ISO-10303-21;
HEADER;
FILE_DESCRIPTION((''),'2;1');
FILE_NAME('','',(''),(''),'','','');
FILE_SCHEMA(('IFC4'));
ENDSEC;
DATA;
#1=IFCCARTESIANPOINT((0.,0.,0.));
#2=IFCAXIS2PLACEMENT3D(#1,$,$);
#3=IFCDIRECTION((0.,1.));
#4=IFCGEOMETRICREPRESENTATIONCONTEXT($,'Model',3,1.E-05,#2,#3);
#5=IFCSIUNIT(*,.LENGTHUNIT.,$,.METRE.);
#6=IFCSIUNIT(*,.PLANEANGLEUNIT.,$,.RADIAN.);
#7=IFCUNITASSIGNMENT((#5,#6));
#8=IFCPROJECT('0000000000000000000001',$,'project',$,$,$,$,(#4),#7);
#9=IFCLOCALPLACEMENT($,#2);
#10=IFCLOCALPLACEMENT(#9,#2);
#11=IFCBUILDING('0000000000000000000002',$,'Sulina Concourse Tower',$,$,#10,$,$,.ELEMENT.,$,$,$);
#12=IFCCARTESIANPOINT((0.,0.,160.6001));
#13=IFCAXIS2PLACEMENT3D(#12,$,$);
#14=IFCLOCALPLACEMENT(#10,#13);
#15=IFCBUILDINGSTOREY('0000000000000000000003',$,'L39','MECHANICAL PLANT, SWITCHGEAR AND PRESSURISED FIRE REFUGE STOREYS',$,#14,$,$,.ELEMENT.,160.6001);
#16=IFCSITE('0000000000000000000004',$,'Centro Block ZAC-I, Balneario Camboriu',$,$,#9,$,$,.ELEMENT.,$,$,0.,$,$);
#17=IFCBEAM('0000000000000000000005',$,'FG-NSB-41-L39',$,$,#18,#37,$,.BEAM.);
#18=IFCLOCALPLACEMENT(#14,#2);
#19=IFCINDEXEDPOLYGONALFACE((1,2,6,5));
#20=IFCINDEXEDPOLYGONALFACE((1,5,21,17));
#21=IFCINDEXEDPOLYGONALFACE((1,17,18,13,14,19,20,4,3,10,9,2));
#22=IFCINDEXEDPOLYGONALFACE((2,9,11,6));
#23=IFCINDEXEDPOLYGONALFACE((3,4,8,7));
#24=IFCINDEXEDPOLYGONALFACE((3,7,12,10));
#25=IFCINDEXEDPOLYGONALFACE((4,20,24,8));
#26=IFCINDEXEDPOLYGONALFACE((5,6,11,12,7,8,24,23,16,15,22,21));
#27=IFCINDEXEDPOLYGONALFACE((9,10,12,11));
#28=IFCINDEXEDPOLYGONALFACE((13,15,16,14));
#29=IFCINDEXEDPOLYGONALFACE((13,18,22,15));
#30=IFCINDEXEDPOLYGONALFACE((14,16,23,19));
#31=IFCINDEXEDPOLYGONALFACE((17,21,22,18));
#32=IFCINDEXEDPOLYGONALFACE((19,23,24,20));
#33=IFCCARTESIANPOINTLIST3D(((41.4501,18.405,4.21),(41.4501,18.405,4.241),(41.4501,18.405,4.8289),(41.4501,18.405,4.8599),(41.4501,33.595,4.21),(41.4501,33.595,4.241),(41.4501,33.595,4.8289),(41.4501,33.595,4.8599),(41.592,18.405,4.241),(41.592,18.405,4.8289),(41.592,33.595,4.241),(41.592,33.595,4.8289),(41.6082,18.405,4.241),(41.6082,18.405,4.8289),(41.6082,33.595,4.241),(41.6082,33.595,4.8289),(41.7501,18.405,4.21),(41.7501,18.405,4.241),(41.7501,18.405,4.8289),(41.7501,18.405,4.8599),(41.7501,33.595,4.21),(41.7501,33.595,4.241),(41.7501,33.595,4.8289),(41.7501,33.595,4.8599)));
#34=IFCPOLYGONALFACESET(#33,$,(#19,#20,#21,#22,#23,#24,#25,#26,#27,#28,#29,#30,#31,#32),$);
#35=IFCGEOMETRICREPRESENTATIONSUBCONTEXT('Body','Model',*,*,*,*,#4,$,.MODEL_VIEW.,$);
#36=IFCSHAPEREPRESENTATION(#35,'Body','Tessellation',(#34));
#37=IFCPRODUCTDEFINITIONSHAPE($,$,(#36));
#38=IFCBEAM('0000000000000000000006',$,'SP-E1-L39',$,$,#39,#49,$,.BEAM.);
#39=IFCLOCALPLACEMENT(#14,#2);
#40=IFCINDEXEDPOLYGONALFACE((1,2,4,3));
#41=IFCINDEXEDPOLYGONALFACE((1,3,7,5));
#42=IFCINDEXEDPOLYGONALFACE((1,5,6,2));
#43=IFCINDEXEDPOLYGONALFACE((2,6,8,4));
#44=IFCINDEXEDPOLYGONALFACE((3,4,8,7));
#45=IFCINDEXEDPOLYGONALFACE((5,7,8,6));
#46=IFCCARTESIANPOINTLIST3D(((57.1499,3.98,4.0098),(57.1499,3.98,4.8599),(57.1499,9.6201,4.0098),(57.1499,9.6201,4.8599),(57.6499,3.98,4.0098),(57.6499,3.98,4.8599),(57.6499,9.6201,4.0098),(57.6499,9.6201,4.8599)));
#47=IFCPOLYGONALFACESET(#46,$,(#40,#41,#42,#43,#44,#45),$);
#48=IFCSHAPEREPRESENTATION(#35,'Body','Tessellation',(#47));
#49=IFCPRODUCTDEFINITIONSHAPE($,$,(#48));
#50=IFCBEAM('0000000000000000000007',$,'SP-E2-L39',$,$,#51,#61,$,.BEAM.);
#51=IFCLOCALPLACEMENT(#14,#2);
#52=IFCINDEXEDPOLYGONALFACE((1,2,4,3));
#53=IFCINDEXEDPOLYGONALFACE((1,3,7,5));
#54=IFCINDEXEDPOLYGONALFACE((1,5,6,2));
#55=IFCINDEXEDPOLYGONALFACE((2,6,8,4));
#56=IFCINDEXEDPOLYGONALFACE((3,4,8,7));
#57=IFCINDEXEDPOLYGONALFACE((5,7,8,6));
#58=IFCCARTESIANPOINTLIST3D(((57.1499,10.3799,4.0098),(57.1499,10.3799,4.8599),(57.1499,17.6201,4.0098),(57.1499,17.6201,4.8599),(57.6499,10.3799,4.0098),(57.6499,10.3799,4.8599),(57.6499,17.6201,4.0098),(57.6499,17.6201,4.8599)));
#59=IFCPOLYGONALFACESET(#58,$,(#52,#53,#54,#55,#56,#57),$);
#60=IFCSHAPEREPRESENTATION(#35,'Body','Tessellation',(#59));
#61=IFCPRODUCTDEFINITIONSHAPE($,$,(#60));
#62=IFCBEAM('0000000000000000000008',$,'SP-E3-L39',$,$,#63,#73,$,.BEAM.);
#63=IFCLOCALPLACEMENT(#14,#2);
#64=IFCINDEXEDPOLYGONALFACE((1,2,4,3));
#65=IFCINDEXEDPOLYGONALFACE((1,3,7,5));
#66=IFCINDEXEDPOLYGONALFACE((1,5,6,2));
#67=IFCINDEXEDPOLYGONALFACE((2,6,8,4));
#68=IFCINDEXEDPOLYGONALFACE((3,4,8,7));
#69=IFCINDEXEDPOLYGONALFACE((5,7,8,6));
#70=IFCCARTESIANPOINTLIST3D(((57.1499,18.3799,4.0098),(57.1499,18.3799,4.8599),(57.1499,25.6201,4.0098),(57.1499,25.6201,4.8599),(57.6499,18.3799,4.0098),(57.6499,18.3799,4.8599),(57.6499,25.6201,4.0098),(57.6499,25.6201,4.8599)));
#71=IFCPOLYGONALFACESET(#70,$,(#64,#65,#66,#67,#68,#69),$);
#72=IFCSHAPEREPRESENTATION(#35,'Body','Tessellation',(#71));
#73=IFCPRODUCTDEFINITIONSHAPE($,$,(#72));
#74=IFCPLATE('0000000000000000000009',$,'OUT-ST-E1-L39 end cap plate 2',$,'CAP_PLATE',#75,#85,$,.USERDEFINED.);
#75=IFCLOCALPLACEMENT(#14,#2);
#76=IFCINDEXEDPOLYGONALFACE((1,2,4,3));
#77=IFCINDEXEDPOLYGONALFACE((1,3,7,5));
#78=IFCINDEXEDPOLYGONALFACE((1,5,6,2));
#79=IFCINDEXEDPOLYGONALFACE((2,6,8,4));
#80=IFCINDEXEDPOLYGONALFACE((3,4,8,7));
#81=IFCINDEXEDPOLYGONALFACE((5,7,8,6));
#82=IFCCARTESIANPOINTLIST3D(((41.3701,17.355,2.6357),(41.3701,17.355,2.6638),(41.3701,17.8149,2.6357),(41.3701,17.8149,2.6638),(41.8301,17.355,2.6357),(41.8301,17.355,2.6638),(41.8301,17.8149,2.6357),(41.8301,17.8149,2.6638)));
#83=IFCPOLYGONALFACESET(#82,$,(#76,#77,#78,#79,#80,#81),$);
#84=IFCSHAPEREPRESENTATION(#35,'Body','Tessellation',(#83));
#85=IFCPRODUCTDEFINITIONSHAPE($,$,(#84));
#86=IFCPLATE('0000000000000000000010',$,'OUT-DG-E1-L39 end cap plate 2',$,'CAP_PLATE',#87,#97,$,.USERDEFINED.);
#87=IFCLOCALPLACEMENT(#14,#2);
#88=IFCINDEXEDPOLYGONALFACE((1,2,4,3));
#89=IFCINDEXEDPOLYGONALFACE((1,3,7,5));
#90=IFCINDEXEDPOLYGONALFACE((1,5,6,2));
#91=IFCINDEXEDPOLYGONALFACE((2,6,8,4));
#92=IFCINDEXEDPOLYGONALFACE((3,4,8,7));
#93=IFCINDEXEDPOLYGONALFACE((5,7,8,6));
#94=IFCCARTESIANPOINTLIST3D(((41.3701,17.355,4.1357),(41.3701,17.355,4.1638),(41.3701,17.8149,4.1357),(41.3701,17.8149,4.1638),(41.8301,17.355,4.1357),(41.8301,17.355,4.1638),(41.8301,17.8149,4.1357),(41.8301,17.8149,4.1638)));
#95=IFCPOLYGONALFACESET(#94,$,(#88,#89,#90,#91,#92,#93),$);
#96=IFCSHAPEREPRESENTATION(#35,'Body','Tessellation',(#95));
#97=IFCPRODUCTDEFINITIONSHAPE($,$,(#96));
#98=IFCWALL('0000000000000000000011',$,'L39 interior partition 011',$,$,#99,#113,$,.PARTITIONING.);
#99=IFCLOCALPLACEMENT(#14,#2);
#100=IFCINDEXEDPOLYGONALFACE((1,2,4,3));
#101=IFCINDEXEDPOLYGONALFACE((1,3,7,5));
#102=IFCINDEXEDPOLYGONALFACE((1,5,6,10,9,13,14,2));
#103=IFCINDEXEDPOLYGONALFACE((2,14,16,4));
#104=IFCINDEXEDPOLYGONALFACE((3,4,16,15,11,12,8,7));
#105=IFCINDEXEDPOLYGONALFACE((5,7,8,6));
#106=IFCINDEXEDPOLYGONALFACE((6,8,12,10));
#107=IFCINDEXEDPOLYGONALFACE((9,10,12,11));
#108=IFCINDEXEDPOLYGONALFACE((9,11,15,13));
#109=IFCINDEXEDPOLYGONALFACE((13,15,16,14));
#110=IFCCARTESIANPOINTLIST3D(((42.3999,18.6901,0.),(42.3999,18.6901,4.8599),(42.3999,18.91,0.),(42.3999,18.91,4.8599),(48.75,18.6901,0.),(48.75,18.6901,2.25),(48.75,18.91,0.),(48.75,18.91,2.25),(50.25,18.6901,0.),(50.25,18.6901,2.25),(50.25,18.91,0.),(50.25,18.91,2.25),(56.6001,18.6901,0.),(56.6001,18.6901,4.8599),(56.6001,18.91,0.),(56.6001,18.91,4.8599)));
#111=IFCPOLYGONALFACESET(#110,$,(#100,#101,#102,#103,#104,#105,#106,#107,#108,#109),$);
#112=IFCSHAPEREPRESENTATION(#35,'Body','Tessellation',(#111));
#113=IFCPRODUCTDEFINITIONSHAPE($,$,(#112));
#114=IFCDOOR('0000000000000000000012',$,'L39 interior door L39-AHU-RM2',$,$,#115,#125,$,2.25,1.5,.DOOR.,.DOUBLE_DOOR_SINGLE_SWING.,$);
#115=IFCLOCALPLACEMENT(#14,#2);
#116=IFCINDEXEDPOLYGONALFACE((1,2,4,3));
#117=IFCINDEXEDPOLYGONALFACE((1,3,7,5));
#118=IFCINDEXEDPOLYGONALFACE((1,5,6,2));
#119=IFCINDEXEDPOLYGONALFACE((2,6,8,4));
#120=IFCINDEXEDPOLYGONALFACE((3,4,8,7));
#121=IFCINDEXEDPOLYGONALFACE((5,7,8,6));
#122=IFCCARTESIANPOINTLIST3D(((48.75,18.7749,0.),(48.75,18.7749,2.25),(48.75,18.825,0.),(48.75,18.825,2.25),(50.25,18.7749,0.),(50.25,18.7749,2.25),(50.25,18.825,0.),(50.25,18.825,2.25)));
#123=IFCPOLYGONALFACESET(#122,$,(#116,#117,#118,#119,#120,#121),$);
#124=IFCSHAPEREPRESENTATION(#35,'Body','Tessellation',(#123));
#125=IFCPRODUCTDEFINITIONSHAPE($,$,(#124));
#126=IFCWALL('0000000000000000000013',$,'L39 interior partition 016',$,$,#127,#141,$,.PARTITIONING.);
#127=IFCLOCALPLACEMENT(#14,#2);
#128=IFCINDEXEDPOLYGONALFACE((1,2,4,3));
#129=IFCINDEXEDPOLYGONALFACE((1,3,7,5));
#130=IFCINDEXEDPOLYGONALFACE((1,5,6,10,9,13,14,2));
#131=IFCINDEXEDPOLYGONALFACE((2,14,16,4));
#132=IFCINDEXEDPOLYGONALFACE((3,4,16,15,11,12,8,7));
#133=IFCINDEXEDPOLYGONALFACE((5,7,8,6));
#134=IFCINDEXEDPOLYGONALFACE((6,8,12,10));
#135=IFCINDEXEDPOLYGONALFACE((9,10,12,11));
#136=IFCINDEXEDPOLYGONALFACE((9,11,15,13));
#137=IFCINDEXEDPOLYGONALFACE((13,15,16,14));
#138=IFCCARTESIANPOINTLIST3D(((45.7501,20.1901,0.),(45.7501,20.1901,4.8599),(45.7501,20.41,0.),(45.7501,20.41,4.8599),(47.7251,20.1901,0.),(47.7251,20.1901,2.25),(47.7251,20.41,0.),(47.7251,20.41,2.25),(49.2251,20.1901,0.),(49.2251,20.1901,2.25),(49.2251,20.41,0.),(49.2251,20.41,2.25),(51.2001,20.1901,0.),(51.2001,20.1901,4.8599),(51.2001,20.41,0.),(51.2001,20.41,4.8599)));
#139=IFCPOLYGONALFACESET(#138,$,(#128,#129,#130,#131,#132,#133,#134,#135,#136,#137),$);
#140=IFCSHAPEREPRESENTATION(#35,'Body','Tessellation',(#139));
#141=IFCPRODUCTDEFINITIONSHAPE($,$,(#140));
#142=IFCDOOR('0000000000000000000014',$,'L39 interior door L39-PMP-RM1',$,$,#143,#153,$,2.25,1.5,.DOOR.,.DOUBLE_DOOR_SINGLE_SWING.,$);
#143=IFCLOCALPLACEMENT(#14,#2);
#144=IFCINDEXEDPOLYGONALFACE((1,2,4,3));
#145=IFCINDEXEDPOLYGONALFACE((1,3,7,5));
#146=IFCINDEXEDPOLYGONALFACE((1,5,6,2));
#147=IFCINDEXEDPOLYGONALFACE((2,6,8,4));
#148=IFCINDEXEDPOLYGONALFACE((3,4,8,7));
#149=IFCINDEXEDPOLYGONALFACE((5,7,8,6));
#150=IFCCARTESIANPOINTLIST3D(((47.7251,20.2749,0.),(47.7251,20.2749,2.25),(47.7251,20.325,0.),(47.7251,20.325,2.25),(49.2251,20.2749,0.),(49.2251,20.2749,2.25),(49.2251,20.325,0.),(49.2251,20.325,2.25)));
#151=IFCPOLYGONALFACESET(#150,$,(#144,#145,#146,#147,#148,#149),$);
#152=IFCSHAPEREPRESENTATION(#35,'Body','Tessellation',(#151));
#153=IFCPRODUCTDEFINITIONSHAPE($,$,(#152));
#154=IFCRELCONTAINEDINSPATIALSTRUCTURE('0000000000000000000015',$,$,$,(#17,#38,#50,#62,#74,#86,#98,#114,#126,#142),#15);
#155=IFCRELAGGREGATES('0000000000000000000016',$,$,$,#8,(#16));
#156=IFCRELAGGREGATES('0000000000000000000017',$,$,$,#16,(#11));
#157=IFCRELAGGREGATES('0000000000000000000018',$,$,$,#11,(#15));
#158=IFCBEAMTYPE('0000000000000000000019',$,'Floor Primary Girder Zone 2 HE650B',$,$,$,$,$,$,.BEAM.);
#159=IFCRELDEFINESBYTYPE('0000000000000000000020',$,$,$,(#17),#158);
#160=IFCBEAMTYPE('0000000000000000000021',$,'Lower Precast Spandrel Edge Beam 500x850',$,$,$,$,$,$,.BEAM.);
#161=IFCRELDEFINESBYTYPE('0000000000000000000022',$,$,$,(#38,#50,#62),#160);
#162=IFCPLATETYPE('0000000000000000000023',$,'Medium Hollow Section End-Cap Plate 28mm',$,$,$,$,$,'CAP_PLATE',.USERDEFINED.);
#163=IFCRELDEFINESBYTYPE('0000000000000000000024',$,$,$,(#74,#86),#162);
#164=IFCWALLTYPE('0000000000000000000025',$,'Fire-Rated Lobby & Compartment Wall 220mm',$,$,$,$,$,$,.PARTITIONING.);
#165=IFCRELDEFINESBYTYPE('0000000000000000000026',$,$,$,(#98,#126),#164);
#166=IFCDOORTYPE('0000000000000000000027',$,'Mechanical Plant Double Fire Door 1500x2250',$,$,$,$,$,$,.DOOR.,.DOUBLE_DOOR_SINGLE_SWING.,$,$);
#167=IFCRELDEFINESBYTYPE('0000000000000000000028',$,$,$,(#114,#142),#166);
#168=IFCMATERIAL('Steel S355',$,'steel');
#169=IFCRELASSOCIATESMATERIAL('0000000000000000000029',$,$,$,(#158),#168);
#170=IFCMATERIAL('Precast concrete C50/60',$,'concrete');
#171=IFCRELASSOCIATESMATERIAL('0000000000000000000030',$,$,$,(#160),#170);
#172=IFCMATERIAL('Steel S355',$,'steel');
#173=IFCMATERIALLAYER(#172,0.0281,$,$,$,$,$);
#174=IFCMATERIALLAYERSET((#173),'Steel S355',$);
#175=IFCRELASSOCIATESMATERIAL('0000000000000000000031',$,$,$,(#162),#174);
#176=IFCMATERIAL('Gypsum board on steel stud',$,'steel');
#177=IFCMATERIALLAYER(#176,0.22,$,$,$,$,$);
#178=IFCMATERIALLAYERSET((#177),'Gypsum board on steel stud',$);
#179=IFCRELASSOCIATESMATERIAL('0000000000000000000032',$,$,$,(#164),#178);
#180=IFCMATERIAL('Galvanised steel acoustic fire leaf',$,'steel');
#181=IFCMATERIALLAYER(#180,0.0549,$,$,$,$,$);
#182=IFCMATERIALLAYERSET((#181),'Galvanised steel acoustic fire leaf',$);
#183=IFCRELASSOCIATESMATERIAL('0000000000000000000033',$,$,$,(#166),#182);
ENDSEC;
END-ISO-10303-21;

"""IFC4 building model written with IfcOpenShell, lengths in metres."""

from ifc_helpers import new_model, si_unit, direction, frame, frame_2d, origin, origin_2d, place, context, subcontext, project, spatial, rectangle, i_section, extrude, material, layer, layer_set, material_profile, profile_set, type_object, element, fill, save


model = new_model("IFC4")

# Units and contexts
model_context = context("Model", 3, precision=1e-05, world=origin(), true_north=direction((0.0, 1.0)))
body_context = subcontext(model_context, "Body", "Model", "MODEL_VIEW")
ifc_project = project(units=[si_unit("LENGTHUNIT", "METRE"), si_unit("PLANEANGLEUNIT", "RADIAN")], contexts=[model_context])

# Site, building, storey
site_placement = place(None, origin())
site = spatial("IfcSite", under=ifc_project, at=site_placement, Name="Centro Block ZAC-I, Balneario Camboriu", CompositionType="ELEMENT", RefElevation=0.0)
building_placement = place(site_placement, origin())
building = spatial("IfcBuilding", under=site, at=building_placement, Name="Sulina Concourse Tower", CompositionType="ELEMENT")
storey_placement = place(building_placement, frame((0.0, 0.0, 160.6001)))
storey = spatial("IfcBuildingStorey", under=building, at=storey_placement, Name="L39", Description="MECHANICAL PLANT, SWITCHGEAR AND PRESSURISED FIRE REFUGE STOREYS", CompositionType="ELEMENT", Elevation=160.6001)

# Beams
ifc_material_1 = material(Name="Steel S355", Category="steel")
ifc_material_profile_1 = material_profile(ifc_material_1, i_section(OverallWidth=0.3, OverallDepth=0.6499, WebThickness=0.0161, FlangeThickness=0.031, at=origin_2d()), Name="HE 650 B")
ifc_profile_set_1 = profile_set([ifc_material_profile_1], Name="Steel S355")
beam_type_1 = type_object("IfcBeamType", Name="Floor Primary Girder Zone 2 HE650B", PredefinedType="BEAM", material=ifc_profile_set_1)
beam_1_placement = place(storey_placement, frame((41.6001, 18.405, 4.5349), z_axis=(0.0, 1.0, 0.0), x_axis=(-1.0, 0.0, 0.0)))
element("IfcBeam", 1, at=beam_1_placement, inside=storey, type_object=beam_type_1, Name="FG-NSB-41-L39", PredefinedType="BEAM", context=body_context, shape_type="SweptSolid", body=[
    extrude(i_section(OverallWidth=0.3, OverallDepth=0.6499, WebThickness=0.0161, FlangeThickness=0.031, at=origin_2d()), origin(), (0.0, 0.0, 1.0), 15.1899),
])
ifc_material_2 = material(Name="Precast concrete C50/60", Category="concrete")
ifc_material_profile_2 = material_profile(ifc_material_2, rectangle(XDim=0.5, YDim=0.8501, at=origin_2d()), Name="RC 500x850")
ifc_profile_set_2 = profile_set([ifc_material_profile_2], Name="Precast concrete C50/60")
beam_type_2 = type_object("IfcBeamType", Name="Lower Precast Spandrel Edge Beam 500x850", PredefinedType="BEAM", material=ifc_profile_set_2)
beam_2_placement = place(storey_placement, frame((57.3999, 3.98, 4.4348), z_axis=(0.0, 1.0, 0.0), x_axis=(-1.0, 0.0, 0.0)))
element("IfcBeam", 2, at=beam_2_placement, inside=storey, type_object=beam_type_2, Name="SP-E1-L39", PredefinedType="BEAM", context=body_context, shape_type="SweptSolid", body=[
    extrude(rectangle(XDim=0.5, YDim=0.8501, at=origin_2d()), origin(), (0.0, 0.0, 1.0), 5.6401),
])
for number, where, z_axis, x_axis, name in (
    (3, (57.3999, 10.3799, 4.4348), (0.0, 1.0, 0.0), (-1.0, 0.0, 0.0), "SP-E2-L39"),
    (4, (57.3999, 18.3799, 4.4348), (0.0, 1.0, 0.0), (-1.0, 0.0, 0.0), "SP-E3-L39"),
):
    element("IfcBeam", number, at=place(storey_placement, frame(where, z_axis=z_axis, x_axis=x_axis)), inside=storey, type_object=beam_type_2, Name=name, PredefinedType="BEAM", context=body_context, shape_type="SweptSolid", body=[
        extrude(rectangle(XDim=0.5, YDim=0.8501, at=origin_2d()), origin(), (0.0, 0.0, 1.0), 7.2402),
    ])

# Plates
ifc_material_3 = material(Name="Steel S355", Category="steel")
ifc_layer_1 = layer(ifc_material_3, 0.0281)
ifc_layer_set_1 = layer_set([ifc_layer_1], Name="Steel S355")
plate_type = type_object("IfcPlateType", Name="Medium Hollow Section End-Cap Plate 28mm", ElementType="CAP_PLATE", PredefinedType="USERDEFINED", material=ifc_layer_set_1)
for number, where, z_axis, x_axis, name in (
    (5, (41.6001, 17.585, 2.6357), (0.0, 0.0, 1.0), (1.0, 0.0, 0.0), "OUT-ST-E1-L39 end cap plate 2"),
    (6, (41.6001, 17.585, 4.1357), (0.0, 0.0, 1.0), (1.0, 0.0, 0.0), "OUT-DG-E1-L39 end cap plate 2"),
):
    element("IfcPlate", number, at=place(storey_placement, frame(where, z_axis=z_axis, x_axis=x_axis)), inside=storey, type_object=plate_type, Name=name, ObjectType="CAP_PLATE", PredefinedType="USERDEFINED", context=body_context, shape_type="SweptSolid", body=[
        extrude(rectangle(XDim=0.46, YDim=0.46, at=origin_2d()), origin(), (0.0, 0.0, 1.0), 0.0281),
    ])

# Walls, openings, doors
ifc_material_4 = material(Name="Gypsum board on steel stud", Category="steel")
ifc_layer_2 = layer(ifc_material_4, 0.22)
ifc_layer_set_2 = layer_set([ifc_layer_2], Name="Gypsum board on steel stud")
wall_type_1 = type_object("IfcWallType", Name="Fire-Rated Lobby & Compartment Wall 220mm", PredefinedType="PARTITIONING", material=ifc_layer_set_2)
wall_1_placement = place(storey_placement, frame((42.3999, 18.8, 0.0), z_axis=(0.0, 0.0, 1.0), x_axis=(1.0, 0.0, 0.0)))
wall_1 = element("IfcWall", 7, at=wall_1_placement, inside=storey, type_object=wall_type_1, Name="L39 interior partition 011", PredefinedType="PARTITIONING", context=body_context, shape_type="SweptSolid", body=[
    extrude(rectangle(XDim=14.2002, YDim=0.22, at=frame_2d((7.1001, 0.0))), origin(), (0.0, 0.0, 1.0), 4.8599),
])
opening_1_placement = place(wall_1_placement, frame((6.3501, 0.0, 0.0)))
opening_1 = element("IfcOpeningElement", 8, at=opening_1_placement, cuts=wall_1, PredefinedType="OPENING", context=body_context, shape_type="SweptSolid", body=[
    extrude(rectangle(XDim=1.5, YDim=2.25, at=frame_2d((0.75, 1.125))), frame((0.0, 0.1199, 0.0), z_axis=(0.0, -1.0, 0.0), x_axis=(1.0, 0.0, 0.0)), (0.0, 0.0, 1.0), 0.24),
])
ifc_material_5 = material(Name="Galvanised steel acoustic fire leaf", Category="steel")
ifc_layer_3 = layer(ifc_material_5, 0.0549)
ifc_layer_set_3 = layer_set([ifc_layer_3], Name="Galvanised steel acoustic fire leaf")
door_type = type_object("IfcDoorType", Name="Mechanical Plant Double Fire Door 1500x2250", OperationType="DOUBLE_DOOR_SINGLE_SWING", PredefinedType="DOOR", material=ifc_layer_set_3)
door_1_placement = place(opening_1_placement, origin())
door_1 = element("IfcDoor", 9, at=door_1_placement, inside=storey, type_object=door_type, Name="L39 interior door L39-AHU-RM2", OperationType="DOUBLE_DOOR_SINGLE_SWING", OverallHeight=2.25, OverallWidth=1.5, PredefinedType="DOOR", context=body_context, shape_type="SweptSolid", body=[
    extrude(rectangle(XDim=1.5, YDim=2.25, at=frame_2d((0.75, 1.125))), frame((0.0, 0.0249, 0.0), z_axis=(0.0, -1.0, 0.0), x_axis=(1.0, 0.0, 0.0)), (0.0, 0.0, 1.0), 0.05),
])
fill(opening_1, door_1)
wall_2_placement = place(storey_placement, frame((45.75, 20.3, 0.0), z_axis=(0.0, 0.0, 1.0), x_axis=(1.0, 0.0, 0.0)))
wall_2 = element("IfcWall", 10, at=wall_2_placement, inside=storey, type_object=wall_type_1, Name="L39 interior partition 016", PredefinedType="PARTITIONING", context=body_context, shape_type="SweptSolid", body=[
    extrude(rectangle(XDim=5.45, YDim=0.22, at=frame_2d((2.7251, 0.0))), origin(), (0.0, 0.0, 1.0), 4.8599),
])
opening_2_placement = place(wall_2_placement, frame((1.9751, 0.0, 0.0)))
opening_2 = element("IfcOpeningElement", 11, at=opening_2_placement, cuts=wall_2, PredefinedType="OPENING", context=body_context, shape_type="SweptSolid", body=[
    extrude(rectangle(XDim=1.5, YDim=2.25, at=frame_2d((0.75, 1.125))), frame((0.0, 0.1199, 0.0), z_axis=(0.0, -1.0, 0.0), x_axis=(1.0, 0.0, 0.0)), (0.0, 0.0, 1.0), 0.24),
])
door_2_placement = place(opening_2_placement, origin())
door_2 = element("IfcDoor", 12, at=door_2_placement, inside=storey, type_object=door_type, Name="L39 interior door L39-PMP-RM1", OperationType="DOUBLE_DOOR_SINGLE_SWING", OverallHeight=2.25, OverallWidth=1.5, PredefinedType="DOOR", context=body_context, shape_type="SweptSolid", body=[
    extrude(rectangle(XDim=1.5, YDim=2.25, at=frame_2d((0.75, 1.125))), frame((0.0, 0.0249, 0.0), z_axis=(0.0, -1.0, 0.0), x_axis=(1.0, 0.0, 0.0)), (0.0, 0.0, 1.0), 0.05),
])
fill(opening_2, door_2)

save(model, "model.ifc")
